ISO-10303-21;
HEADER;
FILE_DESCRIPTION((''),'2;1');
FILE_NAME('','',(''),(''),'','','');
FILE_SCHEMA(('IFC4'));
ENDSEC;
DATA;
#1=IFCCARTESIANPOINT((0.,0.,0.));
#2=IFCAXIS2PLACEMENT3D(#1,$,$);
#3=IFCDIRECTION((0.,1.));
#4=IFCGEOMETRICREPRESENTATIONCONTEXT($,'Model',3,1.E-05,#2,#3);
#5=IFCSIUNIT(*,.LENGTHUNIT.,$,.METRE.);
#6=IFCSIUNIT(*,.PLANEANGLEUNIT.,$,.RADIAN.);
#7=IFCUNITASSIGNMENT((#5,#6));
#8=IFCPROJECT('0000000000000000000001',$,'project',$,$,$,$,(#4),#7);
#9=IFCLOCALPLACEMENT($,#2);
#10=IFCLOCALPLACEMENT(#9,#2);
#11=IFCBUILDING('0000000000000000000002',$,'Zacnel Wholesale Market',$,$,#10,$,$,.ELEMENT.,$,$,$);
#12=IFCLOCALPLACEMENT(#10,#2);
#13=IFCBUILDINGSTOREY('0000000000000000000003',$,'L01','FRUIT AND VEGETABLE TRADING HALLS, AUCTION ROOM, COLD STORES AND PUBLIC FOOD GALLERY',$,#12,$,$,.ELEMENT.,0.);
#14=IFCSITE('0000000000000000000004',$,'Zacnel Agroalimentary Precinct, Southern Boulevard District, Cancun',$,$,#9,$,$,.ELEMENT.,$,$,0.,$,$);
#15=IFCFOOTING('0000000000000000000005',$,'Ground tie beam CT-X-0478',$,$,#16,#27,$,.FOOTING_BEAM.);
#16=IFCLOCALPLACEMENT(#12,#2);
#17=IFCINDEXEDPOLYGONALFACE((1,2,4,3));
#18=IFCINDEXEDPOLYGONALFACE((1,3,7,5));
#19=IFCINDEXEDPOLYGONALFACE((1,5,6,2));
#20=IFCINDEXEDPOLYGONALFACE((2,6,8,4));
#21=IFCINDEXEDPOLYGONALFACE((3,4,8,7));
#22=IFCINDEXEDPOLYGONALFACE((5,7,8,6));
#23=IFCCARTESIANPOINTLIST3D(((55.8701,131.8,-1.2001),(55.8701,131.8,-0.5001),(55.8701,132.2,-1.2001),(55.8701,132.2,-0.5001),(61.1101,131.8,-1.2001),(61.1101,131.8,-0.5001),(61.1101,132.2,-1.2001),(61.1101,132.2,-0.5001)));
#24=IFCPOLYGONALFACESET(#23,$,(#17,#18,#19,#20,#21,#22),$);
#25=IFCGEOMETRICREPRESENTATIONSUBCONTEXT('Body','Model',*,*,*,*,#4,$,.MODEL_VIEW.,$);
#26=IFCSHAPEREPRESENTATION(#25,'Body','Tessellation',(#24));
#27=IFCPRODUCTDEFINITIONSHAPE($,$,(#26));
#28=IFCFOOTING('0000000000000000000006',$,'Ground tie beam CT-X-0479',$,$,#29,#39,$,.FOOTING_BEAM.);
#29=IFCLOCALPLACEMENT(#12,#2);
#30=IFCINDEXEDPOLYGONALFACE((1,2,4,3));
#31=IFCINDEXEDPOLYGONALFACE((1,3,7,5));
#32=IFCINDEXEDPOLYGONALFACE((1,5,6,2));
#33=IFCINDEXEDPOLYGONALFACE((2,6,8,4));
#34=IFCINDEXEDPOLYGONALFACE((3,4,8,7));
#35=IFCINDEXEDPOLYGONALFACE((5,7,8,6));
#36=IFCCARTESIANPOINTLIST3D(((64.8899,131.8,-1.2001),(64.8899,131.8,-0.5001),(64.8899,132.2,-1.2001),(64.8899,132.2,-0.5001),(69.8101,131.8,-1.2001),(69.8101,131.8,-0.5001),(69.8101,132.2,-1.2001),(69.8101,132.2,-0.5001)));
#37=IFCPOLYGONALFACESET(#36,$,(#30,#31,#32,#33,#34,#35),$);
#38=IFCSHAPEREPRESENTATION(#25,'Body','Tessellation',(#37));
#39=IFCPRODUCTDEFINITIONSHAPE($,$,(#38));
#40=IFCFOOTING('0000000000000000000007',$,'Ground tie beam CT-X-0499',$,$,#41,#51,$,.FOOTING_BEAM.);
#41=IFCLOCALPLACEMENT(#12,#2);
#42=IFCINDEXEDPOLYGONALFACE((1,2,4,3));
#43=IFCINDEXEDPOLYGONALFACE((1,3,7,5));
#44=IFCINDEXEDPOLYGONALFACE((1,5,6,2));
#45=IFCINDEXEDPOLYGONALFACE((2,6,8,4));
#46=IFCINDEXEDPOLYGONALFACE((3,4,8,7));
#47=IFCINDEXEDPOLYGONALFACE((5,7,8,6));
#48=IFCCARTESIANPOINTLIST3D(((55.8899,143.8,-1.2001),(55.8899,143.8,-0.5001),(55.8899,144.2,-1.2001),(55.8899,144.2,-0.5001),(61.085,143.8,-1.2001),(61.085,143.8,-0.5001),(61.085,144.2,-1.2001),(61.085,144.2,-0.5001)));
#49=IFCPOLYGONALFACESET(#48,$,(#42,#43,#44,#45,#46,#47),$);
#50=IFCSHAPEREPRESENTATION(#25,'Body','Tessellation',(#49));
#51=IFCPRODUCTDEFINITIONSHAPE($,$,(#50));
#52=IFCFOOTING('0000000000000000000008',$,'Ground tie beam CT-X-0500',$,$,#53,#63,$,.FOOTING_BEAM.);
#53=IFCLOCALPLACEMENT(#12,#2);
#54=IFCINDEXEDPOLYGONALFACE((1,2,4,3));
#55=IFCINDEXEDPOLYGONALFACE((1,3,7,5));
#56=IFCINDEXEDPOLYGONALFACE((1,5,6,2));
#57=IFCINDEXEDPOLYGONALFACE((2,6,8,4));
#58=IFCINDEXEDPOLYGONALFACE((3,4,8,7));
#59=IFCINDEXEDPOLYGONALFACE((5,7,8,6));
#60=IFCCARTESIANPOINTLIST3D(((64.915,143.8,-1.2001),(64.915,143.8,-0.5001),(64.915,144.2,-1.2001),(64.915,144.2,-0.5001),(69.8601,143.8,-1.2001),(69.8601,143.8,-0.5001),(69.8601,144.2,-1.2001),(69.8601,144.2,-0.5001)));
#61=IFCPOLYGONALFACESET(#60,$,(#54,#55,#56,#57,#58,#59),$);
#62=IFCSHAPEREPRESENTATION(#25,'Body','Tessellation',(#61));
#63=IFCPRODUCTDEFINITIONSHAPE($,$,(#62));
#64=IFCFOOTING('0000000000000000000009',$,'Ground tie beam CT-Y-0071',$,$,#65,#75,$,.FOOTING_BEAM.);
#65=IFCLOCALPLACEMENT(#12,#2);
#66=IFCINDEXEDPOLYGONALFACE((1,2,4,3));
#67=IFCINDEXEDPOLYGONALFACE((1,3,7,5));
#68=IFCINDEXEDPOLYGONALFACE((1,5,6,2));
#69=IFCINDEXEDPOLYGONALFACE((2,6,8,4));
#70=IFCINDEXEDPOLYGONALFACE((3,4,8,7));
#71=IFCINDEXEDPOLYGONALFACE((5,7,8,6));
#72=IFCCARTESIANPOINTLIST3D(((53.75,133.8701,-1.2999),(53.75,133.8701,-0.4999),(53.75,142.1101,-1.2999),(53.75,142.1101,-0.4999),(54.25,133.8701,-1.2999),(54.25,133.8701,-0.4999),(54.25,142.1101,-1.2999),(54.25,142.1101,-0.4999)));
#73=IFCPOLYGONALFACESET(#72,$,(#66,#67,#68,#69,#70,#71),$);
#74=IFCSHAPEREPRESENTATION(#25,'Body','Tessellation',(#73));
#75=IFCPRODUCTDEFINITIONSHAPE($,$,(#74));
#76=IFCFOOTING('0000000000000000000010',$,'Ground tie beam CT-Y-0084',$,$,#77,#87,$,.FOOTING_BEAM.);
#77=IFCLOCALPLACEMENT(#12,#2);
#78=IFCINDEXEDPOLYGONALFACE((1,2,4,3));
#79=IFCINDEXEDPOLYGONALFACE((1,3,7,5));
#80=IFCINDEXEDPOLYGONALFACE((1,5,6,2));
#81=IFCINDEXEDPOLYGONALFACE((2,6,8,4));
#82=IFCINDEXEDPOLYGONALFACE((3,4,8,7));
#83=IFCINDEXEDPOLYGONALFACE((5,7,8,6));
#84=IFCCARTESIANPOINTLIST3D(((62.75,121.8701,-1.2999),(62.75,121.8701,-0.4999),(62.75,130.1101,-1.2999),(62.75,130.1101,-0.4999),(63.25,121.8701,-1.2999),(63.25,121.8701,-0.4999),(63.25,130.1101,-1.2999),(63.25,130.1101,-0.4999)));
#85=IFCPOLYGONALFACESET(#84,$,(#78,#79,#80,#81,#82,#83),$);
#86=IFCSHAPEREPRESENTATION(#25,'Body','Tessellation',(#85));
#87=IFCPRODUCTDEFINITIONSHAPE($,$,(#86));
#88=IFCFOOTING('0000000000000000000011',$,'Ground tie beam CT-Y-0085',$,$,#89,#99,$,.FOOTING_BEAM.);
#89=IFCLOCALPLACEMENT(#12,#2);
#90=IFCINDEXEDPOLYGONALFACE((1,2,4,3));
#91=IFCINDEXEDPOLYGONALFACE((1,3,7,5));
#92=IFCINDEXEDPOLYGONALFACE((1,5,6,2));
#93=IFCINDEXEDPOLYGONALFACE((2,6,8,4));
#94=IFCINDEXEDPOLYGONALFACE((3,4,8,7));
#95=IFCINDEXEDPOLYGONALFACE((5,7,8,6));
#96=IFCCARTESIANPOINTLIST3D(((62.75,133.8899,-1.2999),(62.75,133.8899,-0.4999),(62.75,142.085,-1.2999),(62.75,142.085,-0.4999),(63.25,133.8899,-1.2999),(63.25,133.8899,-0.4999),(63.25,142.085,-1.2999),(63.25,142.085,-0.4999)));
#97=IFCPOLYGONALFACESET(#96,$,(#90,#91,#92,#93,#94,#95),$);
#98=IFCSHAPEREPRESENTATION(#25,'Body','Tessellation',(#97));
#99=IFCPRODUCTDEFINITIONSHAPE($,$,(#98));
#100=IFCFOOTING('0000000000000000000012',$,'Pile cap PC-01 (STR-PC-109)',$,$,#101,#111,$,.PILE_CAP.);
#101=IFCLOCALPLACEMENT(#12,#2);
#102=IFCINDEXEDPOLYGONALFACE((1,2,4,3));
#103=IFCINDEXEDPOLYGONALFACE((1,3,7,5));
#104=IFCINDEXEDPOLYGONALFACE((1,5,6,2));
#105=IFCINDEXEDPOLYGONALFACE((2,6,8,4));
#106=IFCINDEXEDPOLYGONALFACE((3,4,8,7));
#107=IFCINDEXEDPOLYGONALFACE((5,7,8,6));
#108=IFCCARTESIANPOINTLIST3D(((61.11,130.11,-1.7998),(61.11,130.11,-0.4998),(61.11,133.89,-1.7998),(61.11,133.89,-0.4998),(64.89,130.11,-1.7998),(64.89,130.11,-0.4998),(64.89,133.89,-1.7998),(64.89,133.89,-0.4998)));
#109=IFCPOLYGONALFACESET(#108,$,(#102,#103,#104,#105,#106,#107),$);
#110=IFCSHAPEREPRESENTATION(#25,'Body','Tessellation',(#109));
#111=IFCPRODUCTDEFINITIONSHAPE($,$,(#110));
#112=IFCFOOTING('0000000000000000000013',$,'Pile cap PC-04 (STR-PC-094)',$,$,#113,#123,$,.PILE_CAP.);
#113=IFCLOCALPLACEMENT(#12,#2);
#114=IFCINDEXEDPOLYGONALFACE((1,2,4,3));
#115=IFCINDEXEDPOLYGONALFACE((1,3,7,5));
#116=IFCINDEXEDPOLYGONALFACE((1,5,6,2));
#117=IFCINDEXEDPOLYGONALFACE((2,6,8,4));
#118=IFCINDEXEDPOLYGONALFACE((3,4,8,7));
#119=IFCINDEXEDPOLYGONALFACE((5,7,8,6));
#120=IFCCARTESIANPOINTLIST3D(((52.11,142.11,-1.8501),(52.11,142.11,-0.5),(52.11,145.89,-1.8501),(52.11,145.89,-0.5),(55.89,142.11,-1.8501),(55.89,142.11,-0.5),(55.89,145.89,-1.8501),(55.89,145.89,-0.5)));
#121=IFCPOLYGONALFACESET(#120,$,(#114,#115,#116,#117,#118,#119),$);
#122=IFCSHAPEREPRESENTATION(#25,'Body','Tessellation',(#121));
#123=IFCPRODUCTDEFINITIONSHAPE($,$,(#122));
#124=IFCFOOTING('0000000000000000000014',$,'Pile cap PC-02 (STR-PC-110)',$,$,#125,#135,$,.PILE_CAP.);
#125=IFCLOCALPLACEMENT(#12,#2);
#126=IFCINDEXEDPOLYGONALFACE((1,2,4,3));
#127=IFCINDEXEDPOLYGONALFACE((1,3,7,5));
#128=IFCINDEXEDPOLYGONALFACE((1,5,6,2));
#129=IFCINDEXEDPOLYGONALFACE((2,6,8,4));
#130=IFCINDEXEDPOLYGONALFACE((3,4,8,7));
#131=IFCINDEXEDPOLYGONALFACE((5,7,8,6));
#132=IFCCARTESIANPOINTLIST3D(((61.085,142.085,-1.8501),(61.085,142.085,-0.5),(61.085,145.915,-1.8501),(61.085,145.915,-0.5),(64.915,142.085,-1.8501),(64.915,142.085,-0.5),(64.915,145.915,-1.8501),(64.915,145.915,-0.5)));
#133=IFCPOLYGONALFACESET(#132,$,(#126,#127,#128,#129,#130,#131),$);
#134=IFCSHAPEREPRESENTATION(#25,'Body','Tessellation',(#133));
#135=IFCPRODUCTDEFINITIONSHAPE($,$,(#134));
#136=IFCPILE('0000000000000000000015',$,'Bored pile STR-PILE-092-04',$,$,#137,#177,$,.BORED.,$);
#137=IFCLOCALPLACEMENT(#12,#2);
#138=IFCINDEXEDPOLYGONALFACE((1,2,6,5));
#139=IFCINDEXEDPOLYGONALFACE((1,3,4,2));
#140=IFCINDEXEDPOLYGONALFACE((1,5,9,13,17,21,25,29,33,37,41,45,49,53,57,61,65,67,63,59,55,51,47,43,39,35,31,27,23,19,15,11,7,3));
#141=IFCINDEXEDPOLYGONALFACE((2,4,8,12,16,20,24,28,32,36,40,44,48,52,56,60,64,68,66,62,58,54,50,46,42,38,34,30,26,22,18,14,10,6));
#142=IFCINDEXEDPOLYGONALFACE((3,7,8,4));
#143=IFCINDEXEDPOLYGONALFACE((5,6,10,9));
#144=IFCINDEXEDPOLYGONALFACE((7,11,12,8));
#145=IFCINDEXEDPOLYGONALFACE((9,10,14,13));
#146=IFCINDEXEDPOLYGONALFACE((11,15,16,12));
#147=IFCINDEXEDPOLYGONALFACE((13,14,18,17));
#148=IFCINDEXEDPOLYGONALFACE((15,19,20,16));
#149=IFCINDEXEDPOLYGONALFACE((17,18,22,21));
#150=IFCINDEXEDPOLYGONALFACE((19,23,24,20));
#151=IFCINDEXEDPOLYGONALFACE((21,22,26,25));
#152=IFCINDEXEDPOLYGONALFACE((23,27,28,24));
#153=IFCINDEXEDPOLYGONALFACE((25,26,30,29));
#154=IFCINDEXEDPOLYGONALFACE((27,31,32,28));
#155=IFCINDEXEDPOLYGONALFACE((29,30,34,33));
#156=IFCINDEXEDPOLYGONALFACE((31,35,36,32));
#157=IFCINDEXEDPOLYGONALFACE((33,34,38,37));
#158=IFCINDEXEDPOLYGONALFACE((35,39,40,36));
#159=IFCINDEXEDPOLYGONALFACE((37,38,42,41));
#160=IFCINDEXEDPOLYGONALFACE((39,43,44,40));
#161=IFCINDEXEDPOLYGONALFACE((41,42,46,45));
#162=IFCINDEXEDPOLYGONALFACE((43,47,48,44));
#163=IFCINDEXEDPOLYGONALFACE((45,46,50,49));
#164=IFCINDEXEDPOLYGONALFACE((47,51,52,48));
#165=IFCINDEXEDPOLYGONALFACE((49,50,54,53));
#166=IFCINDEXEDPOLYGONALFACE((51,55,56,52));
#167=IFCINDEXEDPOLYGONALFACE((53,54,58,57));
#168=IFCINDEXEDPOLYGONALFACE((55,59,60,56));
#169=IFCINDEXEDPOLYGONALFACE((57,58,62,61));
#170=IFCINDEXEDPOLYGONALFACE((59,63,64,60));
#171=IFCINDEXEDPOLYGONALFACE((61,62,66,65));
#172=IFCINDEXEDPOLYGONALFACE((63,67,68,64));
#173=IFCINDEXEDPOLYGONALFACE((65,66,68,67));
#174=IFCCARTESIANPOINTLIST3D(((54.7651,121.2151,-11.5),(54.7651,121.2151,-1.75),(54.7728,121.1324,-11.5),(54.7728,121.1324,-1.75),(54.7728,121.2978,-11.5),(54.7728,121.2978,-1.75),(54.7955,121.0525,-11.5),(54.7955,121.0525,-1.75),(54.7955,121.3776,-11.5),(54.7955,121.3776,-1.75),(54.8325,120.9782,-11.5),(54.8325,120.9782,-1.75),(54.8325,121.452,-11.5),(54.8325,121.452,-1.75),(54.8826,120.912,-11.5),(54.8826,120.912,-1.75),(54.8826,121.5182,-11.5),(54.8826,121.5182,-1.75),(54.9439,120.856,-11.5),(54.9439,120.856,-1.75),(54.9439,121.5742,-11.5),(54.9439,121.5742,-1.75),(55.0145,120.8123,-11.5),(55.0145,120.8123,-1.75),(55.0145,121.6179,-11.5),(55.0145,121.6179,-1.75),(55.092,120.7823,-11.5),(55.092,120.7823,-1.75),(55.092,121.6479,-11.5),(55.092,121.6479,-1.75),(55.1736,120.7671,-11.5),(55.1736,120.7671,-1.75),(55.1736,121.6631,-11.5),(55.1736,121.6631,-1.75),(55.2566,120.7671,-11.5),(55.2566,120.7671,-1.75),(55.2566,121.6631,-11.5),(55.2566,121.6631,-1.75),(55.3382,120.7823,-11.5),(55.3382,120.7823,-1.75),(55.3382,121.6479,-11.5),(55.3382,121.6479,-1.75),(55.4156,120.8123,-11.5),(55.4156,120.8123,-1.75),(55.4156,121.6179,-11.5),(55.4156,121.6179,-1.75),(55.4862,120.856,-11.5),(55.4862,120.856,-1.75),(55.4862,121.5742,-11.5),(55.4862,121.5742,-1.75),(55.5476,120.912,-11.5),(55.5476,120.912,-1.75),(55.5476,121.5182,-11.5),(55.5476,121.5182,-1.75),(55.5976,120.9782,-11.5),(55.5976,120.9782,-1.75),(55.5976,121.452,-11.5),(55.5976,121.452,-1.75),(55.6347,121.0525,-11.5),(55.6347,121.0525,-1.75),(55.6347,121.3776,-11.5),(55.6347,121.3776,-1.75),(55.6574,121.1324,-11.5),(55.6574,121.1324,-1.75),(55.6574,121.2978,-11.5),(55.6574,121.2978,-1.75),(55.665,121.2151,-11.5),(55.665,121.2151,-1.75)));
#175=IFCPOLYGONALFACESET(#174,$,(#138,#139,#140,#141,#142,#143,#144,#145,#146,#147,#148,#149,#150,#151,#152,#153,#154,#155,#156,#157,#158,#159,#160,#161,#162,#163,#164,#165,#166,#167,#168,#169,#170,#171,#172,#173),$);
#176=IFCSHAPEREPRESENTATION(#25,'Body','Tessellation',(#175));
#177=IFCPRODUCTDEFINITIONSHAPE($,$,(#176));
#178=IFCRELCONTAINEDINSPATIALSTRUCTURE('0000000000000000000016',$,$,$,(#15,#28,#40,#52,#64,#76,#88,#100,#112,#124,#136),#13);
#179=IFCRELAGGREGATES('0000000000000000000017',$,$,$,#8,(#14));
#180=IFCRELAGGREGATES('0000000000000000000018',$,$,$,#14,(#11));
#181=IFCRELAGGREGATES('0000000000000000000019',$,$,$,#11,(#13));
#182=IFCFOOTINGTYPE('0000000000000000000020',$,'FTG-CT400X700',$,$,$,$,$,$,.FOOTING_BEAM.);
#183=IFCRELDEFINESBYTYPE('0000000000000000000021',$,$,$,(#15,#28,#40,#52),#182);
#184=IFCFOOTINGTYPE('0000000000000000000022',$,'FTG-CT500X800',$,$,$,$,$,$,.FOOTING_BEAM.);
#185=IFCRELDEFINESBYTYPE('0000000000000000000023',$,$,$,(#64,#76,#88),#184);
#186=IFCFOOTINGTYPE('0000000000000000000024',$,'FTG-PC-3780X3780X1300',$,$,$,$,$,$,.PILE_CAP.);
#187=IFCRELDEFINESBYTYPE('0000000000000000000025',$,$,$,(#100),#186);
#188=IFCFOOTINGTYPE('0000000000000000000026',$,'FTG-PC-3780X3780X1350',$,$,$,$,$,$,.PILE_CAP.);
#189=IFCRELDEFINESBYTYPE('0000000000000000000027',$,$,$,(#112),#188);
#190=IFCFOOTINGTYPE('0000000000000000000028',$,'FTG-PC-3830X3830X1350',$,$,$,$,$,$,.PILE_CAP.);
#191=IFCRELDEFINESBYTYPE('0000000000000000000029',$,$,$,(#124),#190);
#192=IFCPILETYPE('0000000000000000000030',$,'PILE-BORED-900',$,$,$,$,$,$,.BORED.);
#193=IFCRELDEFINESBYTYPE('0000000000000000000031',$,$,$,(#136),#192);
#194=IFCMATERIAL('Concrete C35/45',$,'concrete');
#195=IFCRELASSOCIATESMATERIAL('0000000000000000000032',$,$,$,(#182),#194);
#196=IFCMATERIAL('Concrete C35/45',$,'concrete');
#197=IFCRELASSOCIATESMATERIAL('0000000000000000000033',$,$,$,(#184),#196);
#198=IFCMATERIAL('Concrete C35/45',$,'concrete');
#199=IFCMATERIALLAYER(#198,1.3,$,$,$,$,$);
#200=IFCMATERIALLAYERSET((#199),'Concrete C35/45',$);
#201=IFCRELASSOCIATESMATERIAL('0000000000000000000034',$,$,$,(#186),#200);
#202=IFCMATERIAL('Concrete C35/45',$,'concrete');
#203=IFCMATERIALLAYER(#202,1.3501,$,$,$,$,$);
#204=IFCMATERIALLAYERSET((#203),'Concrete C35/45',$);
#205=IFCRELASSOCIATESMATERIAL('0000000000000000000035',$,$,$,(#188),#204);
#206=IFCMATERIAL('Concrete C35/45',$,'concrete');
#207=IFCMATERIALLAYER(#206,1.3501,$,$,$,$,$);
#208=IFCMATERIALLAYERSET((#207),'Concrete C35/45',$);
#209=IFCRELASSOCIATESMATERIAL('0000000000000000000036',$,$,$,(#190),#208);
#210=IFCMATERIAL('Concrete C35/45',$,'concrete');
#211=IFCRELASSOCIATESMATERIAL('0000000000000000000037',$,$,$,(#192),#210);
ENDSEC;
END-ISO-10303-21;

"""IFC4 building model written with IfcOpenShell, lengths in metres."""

from ifc_helpers import new_model, si_unit, direction, frame, origin, origin_2d, place, context, subcontext, project, spatial, rectangle, circle, extrude, material, layer, layer_set, material_profile, profile_set, type_object, element, save


model = new_model("IFC4")

# Units and contexts
model_context = context("Model", 3, precision=1e-05, world=origin(), true_north=direction((0.0, 1.0)))
body_context = subcontext(model_context, "Body", "Model", "MODEL_VIEW")
ifc_project = project(units=[si_unit("LENGTHUNIT", "METRE"), si_unit("PLANEANGLEUNIT", "RADIAN")], contexts=[model_context])

# Site, building, storey
site_placement = place(None, origin())
site = spatial("IfcSite", under=ifc_project, at=site_placement, Name="Zacnel Agroalimentary Precinct, Southern Boulevard District, Cancun", CompositionType="ELEMENT", RefElevation=0.0)
building_placement = place(site_placement, origin())
building = spatial("IfcBuilding", under=site, at=building_placement, Name="Zacnel Wholesale Market", CompositionType="ELEMENT")
storey_placement = place(building_placement, origin())
storey = spatial("IfcBuildingStorey", under=building, at=storey_placement, Name="L01", Description="FRUIT AND VEGETABLE TRADING HALLS, AUCTION ROOM, COLD STORES AND PUBLIC FOOD GALLERY", CompositionType="ELEMENT", Elevation=0.0)

# Footings
ifc_material_1 = material(Name="Concrete C35/45", Category="concrete")
ifc_material_profile_1 = material_profile(ifc_material_1, rectangle(XDim=0.3999, YDim=0.7, at=origin_2d()), Name="CT 400x700")
ifc_profile_set_1 = profile_set([ifc_material_profile_1], Name="Concrete C35/45")
footing_type_1 = type_object("IfcFootingType", Name="FTG-CT400X700", PredefinedType="FOOTING_BEAM", material=ifc_profile_set_1)
footing_1_placement = place(storey_placement, frame((55.8701, 132.0, -0.8501), z_axis=(1.0, 0.0, 0.0), x_axis=(0.0, 1.0, 0.0)))
element("IfcFooting", 1, at=footing_1_placement, inside=storey, type_object=footing_type_1, Name="Ground tie beam CT-X-0478", PredefinedType="FOOTING_BEAM", context=body_context, shape_type="SweptSolid", body=[
    extrude(rectangle(XDim=0.3999, YDim=0.7, at=origin_2d()), origin(), (0.0, 0.0, 1.0), 5.24),
])
footing_2_placement = place(storey_placement, frame((64.8899, 132.0, -0.8501), z_axis=(1.0, 0.0, 0.0), x_axis=(0.0, 1.0, 0.0)))
element("IfcFooting", 2, at=footing_2_placement, inside=storey, type_object=footing_type_1, Name="Ground tie beam CT-X-0479", PredefinedType="FOOTING_BEAM", context=body_context, shape_type="SweptSolid", body=[
    extrude(rectangle(XDim=0.3999, YDim=0.7, at=origin_2d()), origin(), (0.0, 0.0, 1.0), 4.9202),
])
footing_3_placement = place(storey_placement, frame((55.8899, 144.0, -0.8501), z_axis=(1.0, 0.0, 0.0), x_axis=(0.0, 1.0, 0.0)))
element("IfcFooting", 3, at=footing_3_placement, inside=storey, type_object=footing_type_1, Name="Ground tie beam CT-X-0499", PredefinedType="FOOTING_BEAM", context=body_context, shape_type="SweptSolid", body=[
    extrude(rectangle(XDim=0.3999, YDim=0.7, at=origin_2d()), origin(), (0.0, 0.0, 1.0), 5.1951),
])
footing_4_placement = place(storey_placement, frame((64.915, 144.0, -0.8501), z_axis=(1.0, 0.0, 0.0), x_axis=(0.0, 1.0, 0.0)))
element("IfcFooting", 4, at=footing_4_placement, inside=storey, type_object=footing_type_1, Name="Ground tie beam CT-X-0500", PredefinedType="FOOTING_BEAM", context=body_context, shape_type="SweptSolid", body=[
    extrude(rectangle(XDim=0.3999, YDim=0.7, at=origin_2d()), origin(), (0.0, 0.0, 1.0), 4.9451),
])
ifc_material_2 = material(Name="Concrete C35/45", Category="concrete")
ifc_material_profile_2 = material_profile(ifc_material_2, rectangle(XDim=0.5, YDim=0.8, at=origin_2d()), Name="CT 500x800")
ifc_profile_set_2 = profile_set([ifc_material_profile_2], Name="Concrete C35/45")
footing_type_2 = type_object("IfcFootingType", Name="FTG-CT500X800", PredefinedType="FOOTING_BEAM", material=ifc_profile_set_2)
for number, where, z_axis, x_axis, name in (
    (5, (54.0, 133.8701, -0.8999), (0.0, 1.0, 0.0), (-1.0, 0.0, 0.0), "Ground tie beam CT-Y-0071"),
    (6, (63.0, 121.8701, -0.8999), (0.0, 1.0, 0.0), (-1.0, 0.0, 0.0), "Ground tie beam CT-Y-0084"),
):
    element("IfcFooting", number, at=place(storey_placement, frame(where, z_axis=z_axis, x_axis=x_axis)), inside=storey, type_object=footing_type_2, Name=name, PredefinedType="FOOTING_BEAM", context=body_context, shape_type="SweptSolid", body=[
        extrude(rectangle(XDim=0.5, YDim=0.8, at=origin_2d()), origin(), (0.0, 0.0, 1.0), 8.24),
    ])
footing_5_placement = place(storey_placement, frame((63.0, 133.8899, -0.8999), z_axis=(0.0, 1.0, 0.0), x_axis=(-1.0, 0.0, 0.0)))
element("IfcFooting", 7, at=footing_5_placement, inside=storey, type_object=footing_type_2, Name="Ground tie beam CT-Y-0085", PredefinedType="FOOTING_BEAM", context=body_context, shape_type="SweptSolid", body=[
    extrude(rectangle(XDim=0.5, YDim=0.8, at=origin_2d()), origin(), (0.0, 0.0, 1.0), 8.1951),
])
ifc_material_3 = material(Name="Concrete C35/45", Category="concrete")
ifc_layer_1 = layer(ifc_material_3, 1.3)
ifc_layer_set_1 = layer_set([ifc_layer_1], Name="Concrete C35/45")
footing_type_3 = type_object("IfcFootingType", Name="FTG-PC-3780X3780X1300", PredefinedType="PILE_CAP", material=ifc_layer_set_1)
footing_6_placement = place(storey_placement, frame((63.0, 132.0, -1.7998), z_axis=(0.0, 0.0, 1.0), x_axis=(1.0, 0.0, 0.0)))
element("IfcFooting", 8, at=footing_6_placement, inside=storey, type_object=footing_type_3, Name="Pile cap PC-01 (STR-PC-109)", PredefinedType="PILE_CAP", context=body_context, shape_type="SweptSolid", body=[
    extrude(rectangle(XDim=3.78, YDim=3.78, at=origin_2d()), origin(), (0.0, 0.0, 1.0), 1.3),
])
ifc_material_4 = material(Name="Concrete C35/45", Category="concrete")
ifc_layer_2 = layer(ifc_material_4, 1.3501)
ifc_layer_set_2 = layer_set([ifc_layer_2], Name="Concrete C35/45")
footing_type_4 = type_object("IfcFootingType", Name="FTG-PC-3780X3780X1350", PredefinedType="PILE_CAP", material=ifc_layer_set_2)
footing_7_placement = place(storey_placement, frame((54.0, 144.0, -1.8501), z_axis=(0.0, 0.0, 1.0), x_axis=(1.0, 0.0, 0.0)))
element("IfcFooting", 9, at=footing_7_placement, inside=storey, type_object=footing_type_4, Name="Pile cap PC-04 (STR-PC-094)", PredefinedType="PILE_CAP", context=body_context, shape_type="SweptSolid", body=[
    extrude(rectangle(XDim=3.78, YDim=3.78, at=origin_2d()), origin(), (0.0, 0.0, 1.0), 1.3501),
])
ifc_material_5 = material(Name="Concrete C35/45", Category="concrete")
ifc_layer_3 = layer(ifc_material_5, 1.3501)
ifc_layer_set_3 = layer_set([ifc_layer_3], Name="Concrete C35/45")
footing_type_5 = type_object("IfcFootingType", Name="FTG-PC-3830X3830X1350", PredefinedType="PILE_CAP", material=ifc_layer_set_3)
footing_8_placement = place(storey_placement, frame((63.0, 144.0, -1.8501), z_axis=(0.0, 0.0, 1.0), x_axis=(1.0, 0.0, 0.0)))
element("IfcFooting", 10, at=footing_8_placement, inside=storey, type_object=footing_type_5, Name="Pile cap PC-02 (STR-PC-110)", PredefinedType="PILE_CAP", context=body_context, shape_type="SweptSolid", body=[
    extrude(rectangle(XDim=3.8301, YDim=3.8301, at=origin_2d()), origin(), (0.0, 0.0, 1.0), 1.3501),
])

# Pile
ifc_material_6 = material(Name="Concrete C35/45", Category="concrete")
ifc_material_profile_3 = material_profile(ifc_material_6, circle(Radius=0.45, at=origin_2d()), Name="BORED PILE D900")
ifc_profile_set_3 = profile_set([ifc_material_profile_3], Name="Concrete C35/45")
pile_type = type_object("IfcPileType", Name="PILE-BORED-900", PredefinedType="BORED", material=ifc_profile_set_3)
pile_placement = place(storey_placement, frame((55.2151, 121.2151, -1.75), z_axis=(0.0, 0.0, -1.0), x_axis=(1.0, 0.0, 0.0)))
element("IfcPile", 11, at=pile_placement, inside=storey, type_object=pile_type, Name="Bored pile STR-PILE-092-04", PredefinedType="BORED", context=body_context, shape_type="SweptSolid", body=[
    extrude(circle(Radius=0.45, at=origin_2d()), origin(), (0.0, 0.0, 1.0), 9.75),
])

save(model, "model.ifc")
